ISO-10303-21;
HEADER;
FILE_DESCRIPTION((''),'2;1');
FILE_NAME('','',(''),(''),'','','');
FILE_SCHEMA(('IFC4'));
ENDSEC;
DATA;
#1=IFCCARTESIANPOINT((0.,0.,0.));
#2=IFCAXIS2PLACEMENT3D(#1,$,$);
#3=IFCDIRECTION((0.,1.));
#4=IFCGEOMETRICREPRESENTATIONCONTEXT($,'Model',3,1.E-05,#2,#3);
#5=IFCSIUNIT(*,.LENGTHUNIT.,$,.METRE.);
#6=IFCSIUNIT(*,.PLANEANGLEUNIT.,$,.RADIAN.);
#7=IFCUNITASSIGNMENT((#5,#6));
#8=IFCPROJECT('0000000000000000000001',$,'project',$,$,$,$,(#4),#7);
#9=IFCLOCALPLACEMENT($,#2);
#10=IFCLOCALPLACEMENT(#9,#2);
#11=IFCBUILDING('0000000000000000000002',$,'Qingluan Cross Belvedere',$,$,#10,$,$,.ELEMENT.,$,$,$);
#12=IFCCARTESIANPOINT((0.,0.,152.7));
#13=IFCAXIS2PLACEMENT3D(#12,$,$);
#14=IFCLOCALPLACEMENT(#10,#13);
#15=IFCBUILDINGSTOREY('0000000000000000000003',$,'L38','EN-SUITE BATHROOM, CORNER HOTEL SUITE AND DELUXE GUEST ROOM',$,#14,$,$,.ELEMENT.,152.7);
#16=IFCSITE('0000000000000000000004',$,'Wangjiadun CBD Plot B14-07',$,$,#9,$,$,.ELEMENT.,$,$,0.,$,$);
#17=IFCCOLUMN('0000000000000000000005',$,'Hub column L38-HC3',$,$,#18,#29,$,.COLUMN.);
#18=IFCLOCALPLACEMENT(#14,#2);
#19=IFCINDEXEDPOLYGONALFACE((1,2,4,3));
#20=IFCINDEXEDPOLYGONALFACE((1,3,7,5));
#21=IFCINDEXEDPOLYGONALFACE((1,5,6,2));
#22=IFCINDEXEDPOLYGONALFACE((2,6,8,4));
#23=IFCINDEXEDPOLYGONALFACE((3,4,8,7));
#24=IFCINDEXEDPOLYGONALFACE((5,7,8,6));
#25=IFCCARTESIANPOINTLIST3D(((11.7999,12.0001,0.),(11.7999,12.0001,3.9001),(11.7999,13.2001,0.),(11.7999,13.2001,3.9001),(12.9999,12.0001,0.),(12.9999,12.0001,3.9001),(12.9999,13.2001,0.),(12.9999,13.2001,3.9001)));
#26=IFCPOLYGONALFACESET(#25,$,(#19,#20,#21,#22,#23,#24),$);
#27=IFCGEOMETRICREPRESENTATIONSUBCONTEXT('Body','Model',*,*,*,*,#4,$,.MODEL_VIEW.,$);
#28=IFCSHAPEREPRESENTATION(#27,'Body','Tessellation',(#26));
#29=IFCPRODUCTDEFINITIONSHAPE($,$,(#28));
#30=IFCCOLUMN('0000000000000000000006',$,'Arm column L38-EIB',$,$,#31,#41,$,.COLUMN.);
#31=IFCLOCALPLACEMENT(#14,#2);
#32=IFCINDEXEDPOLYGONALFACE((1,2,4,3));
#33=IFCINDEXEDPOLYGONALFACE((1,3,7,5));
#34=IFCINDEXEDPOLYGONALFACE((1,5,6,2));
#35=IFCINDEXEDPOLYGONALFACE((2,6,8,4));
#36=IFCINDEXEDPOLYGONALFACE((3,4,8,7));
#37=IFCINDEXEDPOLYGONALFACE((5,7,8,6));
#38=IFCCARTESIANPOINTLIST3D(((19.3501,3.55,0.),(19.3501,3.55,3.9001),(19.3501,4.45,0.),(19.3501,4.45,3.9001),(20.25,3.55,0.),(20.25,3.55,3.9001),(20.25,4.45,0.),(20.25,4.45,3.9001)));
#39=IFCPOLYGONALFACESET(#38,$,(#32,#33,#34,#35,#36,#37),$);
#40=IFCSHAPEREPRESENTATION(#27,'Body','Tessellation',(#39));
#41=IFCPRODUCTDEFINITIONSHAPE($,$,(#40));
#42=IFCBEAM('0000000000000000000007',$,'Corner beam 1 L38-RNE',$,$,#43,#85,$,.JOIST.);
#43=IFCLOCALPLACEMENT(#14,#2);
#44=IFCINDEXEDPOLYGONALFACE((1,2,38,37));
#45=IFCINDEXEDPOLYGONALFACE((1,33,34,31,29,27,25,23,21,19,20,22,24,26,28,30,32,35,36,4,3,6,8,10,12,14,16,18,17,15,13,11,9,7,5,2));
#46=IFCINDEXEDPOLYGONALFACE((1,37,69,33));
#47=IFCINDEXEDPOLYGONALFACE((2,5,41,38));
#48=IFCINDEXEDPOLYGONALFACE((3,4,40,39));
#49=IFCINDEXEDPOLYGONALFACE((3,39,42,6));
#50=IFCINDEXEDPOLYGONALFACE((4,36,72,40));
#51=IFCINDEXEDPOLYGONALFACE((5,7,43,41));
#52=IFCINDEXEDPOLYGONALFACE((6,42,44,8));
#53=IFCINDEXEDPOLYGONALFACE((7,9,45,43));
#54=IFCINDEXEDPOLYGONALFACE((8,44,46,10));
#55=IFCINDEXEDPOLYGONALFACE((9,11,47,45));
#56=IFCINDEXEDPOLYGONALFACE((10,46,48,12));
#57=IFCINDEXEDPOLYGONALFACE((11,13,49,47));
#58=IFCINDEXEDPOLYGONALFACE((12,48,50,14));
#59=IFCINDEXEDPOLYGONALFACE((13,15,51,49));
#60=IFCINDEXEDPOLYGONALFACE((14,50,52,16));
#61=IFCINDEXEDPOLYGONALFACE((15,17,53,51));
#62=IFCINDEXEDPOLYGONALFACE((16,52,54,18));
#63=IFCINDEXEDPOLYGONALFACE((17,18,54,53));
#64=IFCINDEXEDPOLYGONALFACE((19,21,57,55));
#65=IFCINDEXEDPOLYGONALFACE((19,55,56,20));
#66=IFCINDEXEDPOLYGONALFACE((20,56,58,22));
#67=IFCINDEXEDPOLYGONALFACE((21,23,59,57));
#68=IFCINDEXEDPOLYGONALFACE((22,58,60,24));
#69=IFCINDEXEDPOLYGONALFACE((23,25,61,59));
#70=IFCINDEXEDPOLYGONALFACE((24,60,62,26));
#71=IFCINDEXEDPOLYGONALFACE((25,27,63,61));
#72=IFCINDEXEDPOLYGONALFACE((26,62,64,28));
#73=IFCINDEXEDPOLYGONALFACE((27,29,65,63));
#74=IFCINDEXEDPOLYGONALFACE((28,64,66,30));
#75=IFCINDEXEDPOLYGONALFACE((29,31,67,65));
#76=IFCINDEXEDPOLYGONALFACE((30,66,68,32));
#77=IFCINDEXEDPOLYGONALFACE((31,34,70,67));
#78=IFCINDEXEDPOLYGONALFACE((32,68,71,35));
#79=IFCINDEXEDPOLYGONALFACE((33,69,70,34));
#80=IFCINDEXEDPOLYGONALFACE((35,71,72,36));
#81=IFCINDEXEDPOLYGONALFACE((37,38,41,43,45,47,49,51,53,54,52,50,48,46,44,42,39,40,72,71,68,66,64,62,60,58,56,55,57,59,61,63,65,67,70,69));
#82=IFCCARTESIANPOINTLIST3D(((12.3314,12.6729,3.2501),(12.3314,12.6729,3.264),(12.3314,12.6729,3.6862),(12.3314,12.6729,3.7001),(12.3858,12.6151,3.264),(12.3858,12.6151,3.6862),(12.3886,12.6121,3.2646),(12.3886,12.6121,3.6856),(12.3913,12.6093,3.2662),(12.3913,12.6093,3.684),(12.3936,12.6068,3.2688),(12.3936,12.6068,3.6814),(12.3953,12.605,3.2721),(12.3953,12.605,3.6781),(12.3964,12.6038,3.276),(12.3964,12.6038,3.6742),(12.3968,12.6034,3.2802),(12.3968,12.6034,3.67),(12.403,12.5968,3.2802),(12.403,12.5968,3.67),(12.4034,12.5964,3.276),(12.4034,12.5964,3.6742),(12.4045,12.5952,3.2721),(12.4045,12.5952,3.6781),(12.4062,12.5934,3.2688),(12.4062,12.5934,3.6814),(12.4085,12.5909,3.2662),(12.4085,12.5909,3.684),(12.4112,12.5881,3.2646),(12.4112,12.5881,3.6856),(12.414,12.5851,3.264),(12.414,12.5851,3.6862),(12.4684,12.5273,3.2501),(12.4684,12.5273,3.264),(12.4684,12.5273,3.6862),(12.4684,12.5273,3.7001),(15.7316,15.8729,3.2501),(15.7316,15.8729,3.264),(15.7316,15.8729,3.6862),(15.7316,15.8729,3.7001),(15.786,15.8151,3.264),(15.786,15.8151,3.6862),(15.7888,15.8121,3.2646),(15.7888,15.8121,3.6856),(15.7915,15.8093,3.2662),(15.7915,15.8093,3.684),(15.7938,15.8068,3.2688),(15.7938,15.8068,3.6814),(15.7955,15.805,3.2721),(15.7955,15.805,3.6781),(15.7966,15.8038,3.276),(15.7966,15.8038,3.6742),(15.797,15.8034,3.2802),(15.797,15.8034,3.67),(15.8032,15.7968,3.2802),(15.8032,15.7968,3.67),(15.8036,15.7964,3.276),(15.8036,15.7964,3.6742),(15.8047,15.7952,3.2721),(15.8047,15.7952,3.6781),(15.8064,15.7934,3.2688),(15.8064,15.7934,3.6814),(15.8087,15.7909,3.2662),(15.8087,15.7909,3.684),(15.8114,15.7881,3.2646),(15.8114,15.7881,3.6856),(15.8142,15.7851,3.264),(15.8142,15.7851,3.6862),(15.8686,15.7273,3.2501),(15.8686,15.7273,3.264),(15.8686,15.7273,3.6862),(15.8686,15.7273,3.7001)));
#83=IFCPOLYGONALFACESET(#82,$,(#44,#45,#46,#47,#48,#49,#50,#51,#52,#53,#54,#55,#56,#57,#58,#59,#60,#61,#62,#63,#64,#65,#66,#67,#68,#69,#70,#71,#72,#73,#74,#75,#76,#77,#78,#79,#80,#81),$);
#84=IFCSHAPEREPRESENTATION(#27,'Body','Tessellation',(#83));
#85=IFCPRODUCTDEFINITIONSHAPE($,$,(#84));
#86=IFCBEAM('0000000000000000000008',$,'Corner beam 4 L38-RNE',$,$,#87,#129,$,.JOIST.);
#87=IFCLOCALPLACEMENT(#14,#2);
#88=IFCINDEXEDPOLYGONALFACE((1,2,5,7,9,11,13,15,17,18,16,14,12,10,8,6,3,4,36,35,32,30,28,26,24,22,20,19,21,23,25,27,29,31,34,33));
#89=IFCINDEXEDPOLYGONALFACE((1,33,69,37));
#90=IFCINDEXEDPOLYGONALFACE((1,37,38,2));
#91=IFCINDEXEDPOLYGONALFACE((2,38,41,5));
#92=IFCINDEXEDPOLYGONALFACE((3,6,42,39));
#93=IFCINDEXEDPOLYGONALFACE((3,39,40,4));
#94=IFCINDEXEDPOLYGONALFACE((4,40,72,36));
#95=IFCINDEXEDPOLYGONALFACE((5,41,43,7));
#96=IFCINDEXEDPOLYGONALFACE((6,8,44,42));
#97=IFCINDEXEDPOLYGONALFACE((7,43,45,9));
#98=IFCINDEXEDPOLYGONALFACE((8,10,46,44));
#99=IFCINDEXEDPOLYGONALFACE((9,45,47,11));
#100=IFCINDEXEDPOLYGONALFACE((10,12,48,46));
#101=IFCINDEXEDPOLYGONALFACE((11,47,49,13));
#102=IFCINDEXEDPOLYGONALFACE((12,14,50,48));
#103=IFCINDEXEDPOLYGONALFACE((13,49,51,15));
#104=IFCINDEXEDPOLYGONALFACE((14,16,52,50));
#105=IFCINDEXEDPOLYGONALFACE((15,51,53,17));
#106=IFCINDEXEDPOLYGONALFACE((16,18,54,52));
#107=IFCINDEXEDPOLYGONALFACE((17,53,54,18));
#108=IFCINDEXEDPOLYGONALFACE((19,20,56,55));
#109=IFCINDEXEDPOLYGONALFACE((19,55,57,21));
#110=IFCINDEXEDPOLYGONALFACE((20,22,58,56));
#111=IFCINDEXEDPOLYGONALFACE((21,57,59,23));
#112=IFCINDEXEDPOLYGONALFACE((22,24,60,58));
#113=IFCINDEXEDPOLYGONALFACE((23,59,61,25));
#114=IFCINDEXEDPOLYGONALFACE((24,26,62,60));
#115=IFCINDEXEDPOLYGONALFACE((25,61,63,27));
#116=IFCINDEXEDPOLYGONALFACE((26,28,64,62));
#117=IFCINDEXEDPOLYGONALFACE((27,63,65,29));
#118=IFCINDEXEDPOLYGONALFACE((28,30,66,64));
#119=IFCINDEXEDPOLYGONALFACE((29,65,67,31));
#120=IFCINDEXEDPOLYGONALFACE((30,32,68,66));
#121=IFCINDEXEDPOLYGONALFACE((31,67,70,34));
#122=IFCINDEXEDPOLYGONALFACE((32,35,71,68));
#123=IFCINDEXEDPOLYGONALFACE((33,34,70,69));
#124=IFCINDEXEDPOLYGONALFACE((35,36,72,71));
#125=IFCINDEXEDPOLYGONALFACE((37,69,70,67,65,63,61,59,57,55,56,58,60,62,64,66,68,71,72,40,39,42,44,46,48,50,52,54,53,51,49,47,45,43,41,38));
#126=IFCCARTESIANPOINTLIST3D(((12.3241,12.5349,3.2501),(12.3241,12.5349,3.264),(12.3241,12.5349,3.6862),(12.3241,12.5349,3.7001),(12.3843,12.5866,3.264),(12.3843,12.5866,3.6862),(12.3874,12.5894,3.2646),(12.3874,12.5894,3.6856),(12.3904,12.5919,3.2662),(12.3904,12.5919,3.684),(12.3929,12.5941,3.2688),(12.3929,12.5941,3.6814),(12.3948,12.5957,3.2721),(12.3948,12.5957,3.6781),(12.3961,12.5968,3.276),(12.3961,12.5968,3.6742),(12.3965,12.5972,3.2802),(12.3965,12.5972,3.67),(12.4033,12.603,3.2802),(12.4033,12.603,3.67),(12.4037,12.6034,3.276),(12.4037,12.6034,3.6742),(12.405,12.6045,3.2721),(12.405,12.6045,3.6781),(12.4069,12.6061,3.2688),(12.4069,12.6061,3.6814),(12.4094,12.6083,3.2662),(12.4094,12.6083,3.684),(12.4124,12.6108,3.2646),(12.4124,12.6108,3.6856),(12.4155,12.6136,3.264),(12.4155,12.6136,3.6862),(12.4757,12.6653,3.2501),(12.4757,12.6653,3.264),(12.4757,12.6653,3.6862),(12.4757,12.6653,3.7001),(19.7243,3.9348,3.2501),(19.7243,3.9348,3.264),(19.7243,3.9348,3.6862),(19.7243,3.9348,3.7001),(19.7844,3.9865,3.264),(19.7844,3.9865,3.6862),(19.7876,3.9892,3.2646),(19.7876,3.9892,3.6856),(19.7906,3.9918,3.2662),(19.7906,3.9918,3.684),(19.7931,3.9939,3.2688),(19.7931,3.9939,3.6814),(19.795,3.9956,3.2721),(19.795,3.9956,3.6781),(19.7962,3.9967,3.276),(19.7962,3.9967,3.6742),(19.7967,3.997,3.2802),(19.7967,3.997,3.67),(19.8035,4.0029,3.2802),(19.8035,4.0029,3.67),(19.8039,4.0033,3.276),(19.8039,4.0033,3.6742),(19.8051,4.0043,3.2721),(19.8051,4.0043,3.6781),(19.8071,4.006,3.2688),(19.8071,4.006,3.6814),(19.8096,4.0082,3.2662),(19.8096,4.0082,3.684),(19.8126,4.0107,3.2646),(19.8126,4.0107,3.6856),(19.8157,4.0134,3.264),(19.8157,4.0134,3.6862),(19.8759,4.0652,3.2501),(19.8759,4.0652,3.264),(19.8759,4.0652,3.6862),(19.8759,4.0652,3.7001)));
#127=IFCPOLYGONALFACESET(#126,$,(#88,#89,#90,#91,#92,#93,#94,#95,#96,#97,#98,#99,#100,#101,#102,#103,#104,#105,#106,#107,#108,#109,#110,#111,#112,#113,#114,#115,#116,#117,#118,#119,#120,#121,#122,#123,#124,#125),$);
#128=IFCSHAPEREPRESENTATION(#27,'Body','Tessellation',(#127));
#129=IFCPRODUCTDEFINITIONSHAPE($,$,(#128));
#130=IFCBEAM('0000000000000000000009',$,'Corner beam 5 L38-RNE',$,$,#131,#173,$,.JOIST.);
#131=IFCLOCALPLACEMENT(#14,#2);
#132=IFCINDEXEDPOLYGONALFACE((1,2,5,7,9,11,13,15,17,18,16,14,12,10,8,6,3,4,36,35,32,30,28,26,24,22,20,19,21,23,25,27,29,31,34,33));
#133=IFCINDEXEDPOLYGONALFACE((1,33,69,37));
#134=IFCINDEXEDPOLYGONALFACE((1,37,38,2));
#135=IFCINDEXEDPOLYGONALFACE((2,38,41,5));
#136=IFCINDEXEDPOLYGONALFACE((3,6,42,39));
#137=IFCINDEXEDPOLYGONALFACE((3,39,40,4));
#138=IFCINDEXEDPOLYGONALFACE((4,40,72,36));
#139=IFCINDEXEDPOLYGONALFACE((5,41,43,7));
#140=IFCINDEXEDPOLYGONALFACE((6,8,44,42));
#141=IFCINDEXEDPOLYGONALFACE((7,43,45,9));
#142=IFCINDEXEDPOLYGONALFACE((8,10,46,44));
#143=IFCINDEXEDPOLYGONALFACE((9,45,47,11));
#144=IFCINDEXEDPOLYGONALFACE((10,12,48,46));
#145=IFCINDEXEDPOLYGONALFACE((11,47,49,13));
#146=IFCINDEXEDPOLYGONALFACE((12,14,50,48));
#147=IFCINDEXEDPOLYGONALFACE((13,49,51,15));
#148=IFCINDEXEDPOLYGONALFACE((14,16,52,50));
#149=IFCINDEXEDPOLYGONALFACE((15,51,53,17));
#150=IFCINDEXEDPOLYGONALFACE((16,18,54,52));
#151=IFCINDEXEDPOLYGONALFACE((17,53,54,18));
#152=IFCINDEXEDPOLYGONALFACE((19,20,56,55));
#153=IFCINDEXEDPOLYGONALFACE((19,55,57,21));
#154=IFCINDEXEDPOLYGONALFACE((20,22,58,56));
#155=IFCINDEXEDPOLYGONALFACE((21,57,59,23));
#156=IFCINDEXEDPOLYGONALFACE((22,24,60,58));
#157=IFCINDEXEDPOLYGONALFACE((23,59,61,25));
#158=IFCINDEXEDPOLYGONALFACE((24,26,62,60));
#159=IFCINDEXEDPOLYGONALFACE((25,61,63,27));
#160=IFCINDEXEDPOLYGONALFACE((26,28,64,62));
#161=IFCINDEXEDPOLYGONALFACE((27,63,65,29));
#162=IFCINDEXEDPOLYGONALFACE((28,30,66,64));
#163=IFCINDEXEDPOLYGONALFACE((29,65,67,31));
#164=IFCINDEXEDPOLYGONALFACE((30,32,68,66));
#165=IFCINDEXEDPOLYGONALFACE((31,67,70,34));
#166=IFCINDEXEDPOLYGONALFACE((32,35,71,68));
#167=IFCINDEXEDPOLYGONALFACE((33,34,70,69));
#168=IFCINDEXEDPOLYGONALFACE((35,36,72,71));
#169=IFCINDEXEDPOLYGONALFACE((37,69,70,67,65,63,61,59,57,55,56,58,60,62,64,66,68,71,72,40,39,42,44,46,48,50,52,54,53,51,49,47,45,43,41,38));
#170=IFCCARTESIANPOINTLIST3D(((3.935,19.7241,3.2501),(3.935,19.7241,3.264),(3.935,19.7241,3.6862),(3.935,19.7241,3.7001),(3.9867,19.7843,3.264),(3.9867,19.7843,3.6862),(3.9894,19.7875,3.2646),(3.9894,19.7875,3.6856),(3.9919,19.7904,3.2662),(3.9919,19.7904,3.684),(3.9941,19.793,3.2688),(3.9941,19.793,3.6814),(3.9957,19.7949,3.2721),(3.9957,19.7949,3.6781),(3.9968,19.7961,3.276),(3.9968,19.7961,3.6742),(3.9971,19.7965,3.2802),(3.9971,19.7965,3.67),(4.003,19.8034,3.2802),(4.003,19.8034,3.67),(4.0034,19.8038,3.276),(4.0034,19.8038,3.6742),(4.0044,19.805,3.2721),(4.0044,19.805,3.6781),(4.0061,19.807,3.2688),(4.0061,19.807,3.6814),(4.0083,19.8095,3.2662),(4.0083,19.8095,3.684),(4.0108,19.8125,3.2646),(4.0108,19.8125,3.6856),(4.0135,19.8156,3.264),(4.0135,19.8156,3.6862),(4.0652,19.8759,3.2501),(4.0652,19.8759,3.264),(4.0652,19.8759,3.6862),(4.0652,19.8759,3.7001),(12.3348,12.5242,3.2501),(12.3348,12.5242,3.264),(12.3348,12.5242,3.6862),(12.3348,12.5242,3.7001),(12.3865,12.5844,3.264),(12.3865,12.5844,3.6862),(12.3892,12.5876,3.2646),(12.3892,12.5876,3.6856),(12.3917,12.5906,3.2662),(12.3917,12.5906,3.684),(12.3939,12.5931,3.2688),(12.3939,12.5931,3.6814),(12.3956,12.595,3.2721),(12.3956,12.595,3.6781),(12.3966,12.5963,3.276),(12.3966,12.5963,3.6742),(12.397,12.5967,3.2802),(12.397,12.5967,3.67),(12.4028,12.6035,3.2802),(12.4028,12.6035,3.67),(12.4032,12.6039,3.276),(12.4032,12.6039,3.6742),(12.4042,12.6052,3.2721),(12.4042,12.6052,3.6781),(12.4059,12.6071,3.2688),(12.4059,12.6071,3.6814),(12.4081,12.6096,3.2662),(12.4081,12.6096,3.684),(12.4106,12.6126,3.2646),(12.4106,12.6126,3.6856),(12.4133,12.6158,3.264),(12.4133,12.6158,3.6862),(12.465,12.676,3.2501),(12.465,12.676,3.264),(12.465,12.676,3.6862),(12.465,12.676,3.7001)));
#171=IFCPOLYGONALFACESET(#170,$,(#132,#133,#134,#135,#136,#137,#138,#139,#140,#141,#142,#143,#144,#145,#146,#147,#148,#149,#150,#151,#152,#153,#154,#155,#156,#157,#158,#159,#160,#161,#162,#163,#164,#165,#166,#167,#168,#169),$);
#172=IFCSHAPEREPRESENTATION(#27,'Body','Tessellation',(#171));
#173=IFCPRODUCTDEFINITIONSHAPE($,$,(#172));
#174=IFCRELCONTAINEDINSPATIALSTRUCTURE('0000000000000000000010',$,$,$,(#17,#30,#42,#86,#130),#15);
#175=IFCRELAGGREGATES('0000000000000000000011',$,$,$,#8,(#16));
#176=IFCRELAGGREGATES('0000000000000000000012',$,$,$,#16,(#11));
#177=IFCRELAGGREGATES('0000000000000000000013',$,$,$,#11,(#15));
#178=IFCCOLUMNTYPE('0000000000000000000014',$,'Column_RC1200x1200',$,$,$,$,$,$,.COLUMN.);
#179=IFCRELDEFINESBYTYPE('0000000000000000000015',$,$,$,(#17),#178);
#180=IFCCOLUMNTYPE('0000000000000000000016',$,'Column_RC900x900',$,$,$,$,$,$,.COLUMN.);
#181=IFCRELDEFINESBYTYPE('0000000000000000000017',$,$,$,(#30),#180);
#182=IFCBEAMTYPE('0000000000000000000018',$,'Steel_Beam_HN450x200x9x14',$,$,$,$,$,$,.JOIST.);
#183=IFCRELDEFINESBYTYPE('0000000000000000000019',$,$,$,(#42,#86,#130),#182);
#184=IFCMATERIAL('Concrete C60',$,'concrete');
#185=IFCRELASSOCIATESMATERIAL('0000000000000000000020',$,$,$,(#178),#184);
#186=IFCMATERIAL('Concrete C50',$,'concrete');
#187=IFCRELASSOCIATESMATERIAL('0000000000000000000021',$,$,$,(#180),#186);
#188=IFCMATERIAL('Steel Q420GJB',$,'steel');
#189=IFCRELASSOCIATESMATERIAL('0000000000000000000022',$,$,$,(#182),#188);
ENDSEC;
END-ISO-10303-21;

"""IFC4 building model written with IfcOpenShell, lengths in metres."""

from ifc_helpers import new_model, si_unit, direction, frame, origin, origin_2d, place, context, subcontext, project, spatial, rectangle, i_section, extrude, material, material_profile, profile_set, type_object, element, save


model = new_model("IFC4")

# Units and contexts
model_context = context("Model", 3, precision=1e-05, world=origin(), true_north=direction((0.0, 1.0)))
body_context = subcontext(model_context, "Body", "Model", "MODEL_VIEW")
ifc_project = project(units=[si_unit("LENGTHUNIT", "METRE"), si_unit("PLANEANGLEUNIT", "RADIAN")], contexts=[model_context])

# Site, building, storey
site_placement = place(None, origin())
site = spatial("IfcSite", under=ifc_project, at=site_placement, Name="Wangjiadun CBD Plot B14-07", CompositionType="ELEMENT", RefElevation=0.0)
building_placement = place(site_placement, origin())
building = spatial("IfcBuilding", under=site, at=building_placement, Name="Qingluan Cross Belvedere", CompositionType="ELEMENT")
storey_placement = place(building_placement, frame((0.0, 0.0, 152.7)))
storey = spatial("IfcBuildingStorey", under=building, at=storey_placement, Name="L38", Description="EN-SUITE BATHROOM, CORNER HOTEL SUITE AND DELUXE GUEST ROOM", CompositionType="ELEMENT", Elevation=152.7)

# Columns
ifc_material_1 = material(Name="Concrete C60", Category="concrete")
ifc_material_profile_1 = material_profile(ifc_material_1, rectangle(XDim=1.2, YDim=1.2, at=origin_2d()), Name="RC1200x1200")
ifc_profile_set_1 = profile_set([ifc_material_profile_1], Name="Concrete C60")
column_type_1 = type_object("IfcColumnType", Name="Column_RC1200x1200", PredefinedType="COLUMN", material=ifc_profile_set_1)
column_1_placement = place(storey_placement, frame((12.3999, 12.6001, 0.0), z_axis=(0.0, 0.0, 1.0), x_axis=(1.0, 0.0, 0.0)))
element("IfcColumn", 1, at=column_1_placement, inside=storey, type_object=column_type_1, Name="Hub column L38-HC3", PredefinedType="COLUMN", context=body_context, shape_type="SweptSolid", body=[
    extrude(rectangle(XDim=1.2, YDim=1.2, at=origin_2d()), origin(), (0.0, 0.0, 1.0), 3.9001),
])
ifc_material_2 = material(Name="Concrete C50", Category="concrete")
ifc_material_profile_2 = material_profile(ifc_material_2, rectangle(XDim=0.8999, YDim=0.8999, at=origin_2d()), Name="RC900x900")
ifc_profile_set_2 = profile_set([ifc_material_profile_2], Name="Concrete C50")
column_type_2 = type_object("IfcColumnType", Name="Column_RC900x900", PredefinedType="COLUMN", material=ifc_profile_set_2)
column_2_placement = place(storey_placement, frame((19.8, 4.0, 0.0), z_axis=(0.0, 0.0, 1.0), x_axis=(1.0, 0.0, 0.0)))
element("IfcColumn", 2, at=column_2_placement, inside=storey, type_object=column_type_2, Name="Arm column L38-EIB", PredefinedType="COLUMN", context=body_context, shape_type="SweptSolid", body=[
    extrude(rectangle(XDim=0.8999, YDim=0.8999, at=origin_2d()), origin(), (0.0, 0.0, 1.0), 3.9001),
])

# Beams
ifc_material_3 = material(Name="Steel Q420GJB", Category="steel")
ifc_material_profile_3 = material_profile(ifc_material_3, i_section(OverallWidth=0.2, OverallDepth=0.45, WebThickness=0.009, FlangeThickness=0.0139, FilletRadius=0.0161, at=origin_2d()), Name="HN450x200x9x14")
ifc_profile_set_3 = profile_set([ifc_material_profile_3], Name="Steel Q420GJB")
beam_type_1 = type_object("IfcBeamType", Name="Steel_Beam_HN450x200x9x14", PredefinedType="JOIST", material=ifc_profile_set_3)
beam_1_placement = place(storey_placement, frame((12.3999, 12.6001, 3.4751), z_axis=(0.72822, 0.685343, 0.0), x_axis=(-0.685343, 0.72822, 0.0)))
element("IfcBeam", 3, at=beam_1_placement, inside=storey, type_object=beam_type_1, Name="Corner beam 1 L38-RNE", PredefinedType="JOIST", context=body_context, shape_type="SweptSolid", body=[
    extrude(i_section(OverallWidth=0.2, OverallDepth=0.45, WebThickness=0.009, FlangeThickness=0.0139, FilletRadius=0.0161, at=origin_2d()), origin(), (0.0, 0.0, 1.0), 4.6692),
])
beam_2_placement = place(storey_placement, frame((12.3999, 12.6001, 3.4751), z_axis=(0.652245, -0.758008, 0.0), x_axis=(0.758008, 0.652245, 0.0)))
element("IfcBeam", 4, at=beam_2_placement, inside=storey, type_object=beam_type_1, Name="Corner beam 4 L38-RNE", PredefinedType="JOIST", context=body_context, shape_type="SweptSolid", body=[
    extrude(i_section(OverallWidth=0.2, OverallDepth=0.45, WebThickness=0.009, FlangeThickness=0.0139, FilletRadius=0.0161, at=origin_2d()), origin(), (0.0, 0.0, 1.0), 11.3457),
])
beam_3_placement = place(storey_placement, frame((12.3999, 12.6001, 3.4751), z_axis=(-0.759255, 0.650793, 0.0), x_axis=(-0.650793, -0.759255, 0.0)))
element("IfcBeam", 5, at=beam_3_placement, inside=storey, type_object=beam_type_1, Name="Corner beam 5 L38-RNE", PredefinedType="JOIST", context=body_context, shape_type="SweptSolid", body=[
    extrude(i_section(OverallWidth=0.2, OverallDepth=0.45, WebThickness=0.009, FlangeThickness=0.0139, FilletRadius=0.0161, at=origin_2d()), origin(), (0.0, 0.0, 1.0), 11.0632),
])

save(model, "model.ifc")
